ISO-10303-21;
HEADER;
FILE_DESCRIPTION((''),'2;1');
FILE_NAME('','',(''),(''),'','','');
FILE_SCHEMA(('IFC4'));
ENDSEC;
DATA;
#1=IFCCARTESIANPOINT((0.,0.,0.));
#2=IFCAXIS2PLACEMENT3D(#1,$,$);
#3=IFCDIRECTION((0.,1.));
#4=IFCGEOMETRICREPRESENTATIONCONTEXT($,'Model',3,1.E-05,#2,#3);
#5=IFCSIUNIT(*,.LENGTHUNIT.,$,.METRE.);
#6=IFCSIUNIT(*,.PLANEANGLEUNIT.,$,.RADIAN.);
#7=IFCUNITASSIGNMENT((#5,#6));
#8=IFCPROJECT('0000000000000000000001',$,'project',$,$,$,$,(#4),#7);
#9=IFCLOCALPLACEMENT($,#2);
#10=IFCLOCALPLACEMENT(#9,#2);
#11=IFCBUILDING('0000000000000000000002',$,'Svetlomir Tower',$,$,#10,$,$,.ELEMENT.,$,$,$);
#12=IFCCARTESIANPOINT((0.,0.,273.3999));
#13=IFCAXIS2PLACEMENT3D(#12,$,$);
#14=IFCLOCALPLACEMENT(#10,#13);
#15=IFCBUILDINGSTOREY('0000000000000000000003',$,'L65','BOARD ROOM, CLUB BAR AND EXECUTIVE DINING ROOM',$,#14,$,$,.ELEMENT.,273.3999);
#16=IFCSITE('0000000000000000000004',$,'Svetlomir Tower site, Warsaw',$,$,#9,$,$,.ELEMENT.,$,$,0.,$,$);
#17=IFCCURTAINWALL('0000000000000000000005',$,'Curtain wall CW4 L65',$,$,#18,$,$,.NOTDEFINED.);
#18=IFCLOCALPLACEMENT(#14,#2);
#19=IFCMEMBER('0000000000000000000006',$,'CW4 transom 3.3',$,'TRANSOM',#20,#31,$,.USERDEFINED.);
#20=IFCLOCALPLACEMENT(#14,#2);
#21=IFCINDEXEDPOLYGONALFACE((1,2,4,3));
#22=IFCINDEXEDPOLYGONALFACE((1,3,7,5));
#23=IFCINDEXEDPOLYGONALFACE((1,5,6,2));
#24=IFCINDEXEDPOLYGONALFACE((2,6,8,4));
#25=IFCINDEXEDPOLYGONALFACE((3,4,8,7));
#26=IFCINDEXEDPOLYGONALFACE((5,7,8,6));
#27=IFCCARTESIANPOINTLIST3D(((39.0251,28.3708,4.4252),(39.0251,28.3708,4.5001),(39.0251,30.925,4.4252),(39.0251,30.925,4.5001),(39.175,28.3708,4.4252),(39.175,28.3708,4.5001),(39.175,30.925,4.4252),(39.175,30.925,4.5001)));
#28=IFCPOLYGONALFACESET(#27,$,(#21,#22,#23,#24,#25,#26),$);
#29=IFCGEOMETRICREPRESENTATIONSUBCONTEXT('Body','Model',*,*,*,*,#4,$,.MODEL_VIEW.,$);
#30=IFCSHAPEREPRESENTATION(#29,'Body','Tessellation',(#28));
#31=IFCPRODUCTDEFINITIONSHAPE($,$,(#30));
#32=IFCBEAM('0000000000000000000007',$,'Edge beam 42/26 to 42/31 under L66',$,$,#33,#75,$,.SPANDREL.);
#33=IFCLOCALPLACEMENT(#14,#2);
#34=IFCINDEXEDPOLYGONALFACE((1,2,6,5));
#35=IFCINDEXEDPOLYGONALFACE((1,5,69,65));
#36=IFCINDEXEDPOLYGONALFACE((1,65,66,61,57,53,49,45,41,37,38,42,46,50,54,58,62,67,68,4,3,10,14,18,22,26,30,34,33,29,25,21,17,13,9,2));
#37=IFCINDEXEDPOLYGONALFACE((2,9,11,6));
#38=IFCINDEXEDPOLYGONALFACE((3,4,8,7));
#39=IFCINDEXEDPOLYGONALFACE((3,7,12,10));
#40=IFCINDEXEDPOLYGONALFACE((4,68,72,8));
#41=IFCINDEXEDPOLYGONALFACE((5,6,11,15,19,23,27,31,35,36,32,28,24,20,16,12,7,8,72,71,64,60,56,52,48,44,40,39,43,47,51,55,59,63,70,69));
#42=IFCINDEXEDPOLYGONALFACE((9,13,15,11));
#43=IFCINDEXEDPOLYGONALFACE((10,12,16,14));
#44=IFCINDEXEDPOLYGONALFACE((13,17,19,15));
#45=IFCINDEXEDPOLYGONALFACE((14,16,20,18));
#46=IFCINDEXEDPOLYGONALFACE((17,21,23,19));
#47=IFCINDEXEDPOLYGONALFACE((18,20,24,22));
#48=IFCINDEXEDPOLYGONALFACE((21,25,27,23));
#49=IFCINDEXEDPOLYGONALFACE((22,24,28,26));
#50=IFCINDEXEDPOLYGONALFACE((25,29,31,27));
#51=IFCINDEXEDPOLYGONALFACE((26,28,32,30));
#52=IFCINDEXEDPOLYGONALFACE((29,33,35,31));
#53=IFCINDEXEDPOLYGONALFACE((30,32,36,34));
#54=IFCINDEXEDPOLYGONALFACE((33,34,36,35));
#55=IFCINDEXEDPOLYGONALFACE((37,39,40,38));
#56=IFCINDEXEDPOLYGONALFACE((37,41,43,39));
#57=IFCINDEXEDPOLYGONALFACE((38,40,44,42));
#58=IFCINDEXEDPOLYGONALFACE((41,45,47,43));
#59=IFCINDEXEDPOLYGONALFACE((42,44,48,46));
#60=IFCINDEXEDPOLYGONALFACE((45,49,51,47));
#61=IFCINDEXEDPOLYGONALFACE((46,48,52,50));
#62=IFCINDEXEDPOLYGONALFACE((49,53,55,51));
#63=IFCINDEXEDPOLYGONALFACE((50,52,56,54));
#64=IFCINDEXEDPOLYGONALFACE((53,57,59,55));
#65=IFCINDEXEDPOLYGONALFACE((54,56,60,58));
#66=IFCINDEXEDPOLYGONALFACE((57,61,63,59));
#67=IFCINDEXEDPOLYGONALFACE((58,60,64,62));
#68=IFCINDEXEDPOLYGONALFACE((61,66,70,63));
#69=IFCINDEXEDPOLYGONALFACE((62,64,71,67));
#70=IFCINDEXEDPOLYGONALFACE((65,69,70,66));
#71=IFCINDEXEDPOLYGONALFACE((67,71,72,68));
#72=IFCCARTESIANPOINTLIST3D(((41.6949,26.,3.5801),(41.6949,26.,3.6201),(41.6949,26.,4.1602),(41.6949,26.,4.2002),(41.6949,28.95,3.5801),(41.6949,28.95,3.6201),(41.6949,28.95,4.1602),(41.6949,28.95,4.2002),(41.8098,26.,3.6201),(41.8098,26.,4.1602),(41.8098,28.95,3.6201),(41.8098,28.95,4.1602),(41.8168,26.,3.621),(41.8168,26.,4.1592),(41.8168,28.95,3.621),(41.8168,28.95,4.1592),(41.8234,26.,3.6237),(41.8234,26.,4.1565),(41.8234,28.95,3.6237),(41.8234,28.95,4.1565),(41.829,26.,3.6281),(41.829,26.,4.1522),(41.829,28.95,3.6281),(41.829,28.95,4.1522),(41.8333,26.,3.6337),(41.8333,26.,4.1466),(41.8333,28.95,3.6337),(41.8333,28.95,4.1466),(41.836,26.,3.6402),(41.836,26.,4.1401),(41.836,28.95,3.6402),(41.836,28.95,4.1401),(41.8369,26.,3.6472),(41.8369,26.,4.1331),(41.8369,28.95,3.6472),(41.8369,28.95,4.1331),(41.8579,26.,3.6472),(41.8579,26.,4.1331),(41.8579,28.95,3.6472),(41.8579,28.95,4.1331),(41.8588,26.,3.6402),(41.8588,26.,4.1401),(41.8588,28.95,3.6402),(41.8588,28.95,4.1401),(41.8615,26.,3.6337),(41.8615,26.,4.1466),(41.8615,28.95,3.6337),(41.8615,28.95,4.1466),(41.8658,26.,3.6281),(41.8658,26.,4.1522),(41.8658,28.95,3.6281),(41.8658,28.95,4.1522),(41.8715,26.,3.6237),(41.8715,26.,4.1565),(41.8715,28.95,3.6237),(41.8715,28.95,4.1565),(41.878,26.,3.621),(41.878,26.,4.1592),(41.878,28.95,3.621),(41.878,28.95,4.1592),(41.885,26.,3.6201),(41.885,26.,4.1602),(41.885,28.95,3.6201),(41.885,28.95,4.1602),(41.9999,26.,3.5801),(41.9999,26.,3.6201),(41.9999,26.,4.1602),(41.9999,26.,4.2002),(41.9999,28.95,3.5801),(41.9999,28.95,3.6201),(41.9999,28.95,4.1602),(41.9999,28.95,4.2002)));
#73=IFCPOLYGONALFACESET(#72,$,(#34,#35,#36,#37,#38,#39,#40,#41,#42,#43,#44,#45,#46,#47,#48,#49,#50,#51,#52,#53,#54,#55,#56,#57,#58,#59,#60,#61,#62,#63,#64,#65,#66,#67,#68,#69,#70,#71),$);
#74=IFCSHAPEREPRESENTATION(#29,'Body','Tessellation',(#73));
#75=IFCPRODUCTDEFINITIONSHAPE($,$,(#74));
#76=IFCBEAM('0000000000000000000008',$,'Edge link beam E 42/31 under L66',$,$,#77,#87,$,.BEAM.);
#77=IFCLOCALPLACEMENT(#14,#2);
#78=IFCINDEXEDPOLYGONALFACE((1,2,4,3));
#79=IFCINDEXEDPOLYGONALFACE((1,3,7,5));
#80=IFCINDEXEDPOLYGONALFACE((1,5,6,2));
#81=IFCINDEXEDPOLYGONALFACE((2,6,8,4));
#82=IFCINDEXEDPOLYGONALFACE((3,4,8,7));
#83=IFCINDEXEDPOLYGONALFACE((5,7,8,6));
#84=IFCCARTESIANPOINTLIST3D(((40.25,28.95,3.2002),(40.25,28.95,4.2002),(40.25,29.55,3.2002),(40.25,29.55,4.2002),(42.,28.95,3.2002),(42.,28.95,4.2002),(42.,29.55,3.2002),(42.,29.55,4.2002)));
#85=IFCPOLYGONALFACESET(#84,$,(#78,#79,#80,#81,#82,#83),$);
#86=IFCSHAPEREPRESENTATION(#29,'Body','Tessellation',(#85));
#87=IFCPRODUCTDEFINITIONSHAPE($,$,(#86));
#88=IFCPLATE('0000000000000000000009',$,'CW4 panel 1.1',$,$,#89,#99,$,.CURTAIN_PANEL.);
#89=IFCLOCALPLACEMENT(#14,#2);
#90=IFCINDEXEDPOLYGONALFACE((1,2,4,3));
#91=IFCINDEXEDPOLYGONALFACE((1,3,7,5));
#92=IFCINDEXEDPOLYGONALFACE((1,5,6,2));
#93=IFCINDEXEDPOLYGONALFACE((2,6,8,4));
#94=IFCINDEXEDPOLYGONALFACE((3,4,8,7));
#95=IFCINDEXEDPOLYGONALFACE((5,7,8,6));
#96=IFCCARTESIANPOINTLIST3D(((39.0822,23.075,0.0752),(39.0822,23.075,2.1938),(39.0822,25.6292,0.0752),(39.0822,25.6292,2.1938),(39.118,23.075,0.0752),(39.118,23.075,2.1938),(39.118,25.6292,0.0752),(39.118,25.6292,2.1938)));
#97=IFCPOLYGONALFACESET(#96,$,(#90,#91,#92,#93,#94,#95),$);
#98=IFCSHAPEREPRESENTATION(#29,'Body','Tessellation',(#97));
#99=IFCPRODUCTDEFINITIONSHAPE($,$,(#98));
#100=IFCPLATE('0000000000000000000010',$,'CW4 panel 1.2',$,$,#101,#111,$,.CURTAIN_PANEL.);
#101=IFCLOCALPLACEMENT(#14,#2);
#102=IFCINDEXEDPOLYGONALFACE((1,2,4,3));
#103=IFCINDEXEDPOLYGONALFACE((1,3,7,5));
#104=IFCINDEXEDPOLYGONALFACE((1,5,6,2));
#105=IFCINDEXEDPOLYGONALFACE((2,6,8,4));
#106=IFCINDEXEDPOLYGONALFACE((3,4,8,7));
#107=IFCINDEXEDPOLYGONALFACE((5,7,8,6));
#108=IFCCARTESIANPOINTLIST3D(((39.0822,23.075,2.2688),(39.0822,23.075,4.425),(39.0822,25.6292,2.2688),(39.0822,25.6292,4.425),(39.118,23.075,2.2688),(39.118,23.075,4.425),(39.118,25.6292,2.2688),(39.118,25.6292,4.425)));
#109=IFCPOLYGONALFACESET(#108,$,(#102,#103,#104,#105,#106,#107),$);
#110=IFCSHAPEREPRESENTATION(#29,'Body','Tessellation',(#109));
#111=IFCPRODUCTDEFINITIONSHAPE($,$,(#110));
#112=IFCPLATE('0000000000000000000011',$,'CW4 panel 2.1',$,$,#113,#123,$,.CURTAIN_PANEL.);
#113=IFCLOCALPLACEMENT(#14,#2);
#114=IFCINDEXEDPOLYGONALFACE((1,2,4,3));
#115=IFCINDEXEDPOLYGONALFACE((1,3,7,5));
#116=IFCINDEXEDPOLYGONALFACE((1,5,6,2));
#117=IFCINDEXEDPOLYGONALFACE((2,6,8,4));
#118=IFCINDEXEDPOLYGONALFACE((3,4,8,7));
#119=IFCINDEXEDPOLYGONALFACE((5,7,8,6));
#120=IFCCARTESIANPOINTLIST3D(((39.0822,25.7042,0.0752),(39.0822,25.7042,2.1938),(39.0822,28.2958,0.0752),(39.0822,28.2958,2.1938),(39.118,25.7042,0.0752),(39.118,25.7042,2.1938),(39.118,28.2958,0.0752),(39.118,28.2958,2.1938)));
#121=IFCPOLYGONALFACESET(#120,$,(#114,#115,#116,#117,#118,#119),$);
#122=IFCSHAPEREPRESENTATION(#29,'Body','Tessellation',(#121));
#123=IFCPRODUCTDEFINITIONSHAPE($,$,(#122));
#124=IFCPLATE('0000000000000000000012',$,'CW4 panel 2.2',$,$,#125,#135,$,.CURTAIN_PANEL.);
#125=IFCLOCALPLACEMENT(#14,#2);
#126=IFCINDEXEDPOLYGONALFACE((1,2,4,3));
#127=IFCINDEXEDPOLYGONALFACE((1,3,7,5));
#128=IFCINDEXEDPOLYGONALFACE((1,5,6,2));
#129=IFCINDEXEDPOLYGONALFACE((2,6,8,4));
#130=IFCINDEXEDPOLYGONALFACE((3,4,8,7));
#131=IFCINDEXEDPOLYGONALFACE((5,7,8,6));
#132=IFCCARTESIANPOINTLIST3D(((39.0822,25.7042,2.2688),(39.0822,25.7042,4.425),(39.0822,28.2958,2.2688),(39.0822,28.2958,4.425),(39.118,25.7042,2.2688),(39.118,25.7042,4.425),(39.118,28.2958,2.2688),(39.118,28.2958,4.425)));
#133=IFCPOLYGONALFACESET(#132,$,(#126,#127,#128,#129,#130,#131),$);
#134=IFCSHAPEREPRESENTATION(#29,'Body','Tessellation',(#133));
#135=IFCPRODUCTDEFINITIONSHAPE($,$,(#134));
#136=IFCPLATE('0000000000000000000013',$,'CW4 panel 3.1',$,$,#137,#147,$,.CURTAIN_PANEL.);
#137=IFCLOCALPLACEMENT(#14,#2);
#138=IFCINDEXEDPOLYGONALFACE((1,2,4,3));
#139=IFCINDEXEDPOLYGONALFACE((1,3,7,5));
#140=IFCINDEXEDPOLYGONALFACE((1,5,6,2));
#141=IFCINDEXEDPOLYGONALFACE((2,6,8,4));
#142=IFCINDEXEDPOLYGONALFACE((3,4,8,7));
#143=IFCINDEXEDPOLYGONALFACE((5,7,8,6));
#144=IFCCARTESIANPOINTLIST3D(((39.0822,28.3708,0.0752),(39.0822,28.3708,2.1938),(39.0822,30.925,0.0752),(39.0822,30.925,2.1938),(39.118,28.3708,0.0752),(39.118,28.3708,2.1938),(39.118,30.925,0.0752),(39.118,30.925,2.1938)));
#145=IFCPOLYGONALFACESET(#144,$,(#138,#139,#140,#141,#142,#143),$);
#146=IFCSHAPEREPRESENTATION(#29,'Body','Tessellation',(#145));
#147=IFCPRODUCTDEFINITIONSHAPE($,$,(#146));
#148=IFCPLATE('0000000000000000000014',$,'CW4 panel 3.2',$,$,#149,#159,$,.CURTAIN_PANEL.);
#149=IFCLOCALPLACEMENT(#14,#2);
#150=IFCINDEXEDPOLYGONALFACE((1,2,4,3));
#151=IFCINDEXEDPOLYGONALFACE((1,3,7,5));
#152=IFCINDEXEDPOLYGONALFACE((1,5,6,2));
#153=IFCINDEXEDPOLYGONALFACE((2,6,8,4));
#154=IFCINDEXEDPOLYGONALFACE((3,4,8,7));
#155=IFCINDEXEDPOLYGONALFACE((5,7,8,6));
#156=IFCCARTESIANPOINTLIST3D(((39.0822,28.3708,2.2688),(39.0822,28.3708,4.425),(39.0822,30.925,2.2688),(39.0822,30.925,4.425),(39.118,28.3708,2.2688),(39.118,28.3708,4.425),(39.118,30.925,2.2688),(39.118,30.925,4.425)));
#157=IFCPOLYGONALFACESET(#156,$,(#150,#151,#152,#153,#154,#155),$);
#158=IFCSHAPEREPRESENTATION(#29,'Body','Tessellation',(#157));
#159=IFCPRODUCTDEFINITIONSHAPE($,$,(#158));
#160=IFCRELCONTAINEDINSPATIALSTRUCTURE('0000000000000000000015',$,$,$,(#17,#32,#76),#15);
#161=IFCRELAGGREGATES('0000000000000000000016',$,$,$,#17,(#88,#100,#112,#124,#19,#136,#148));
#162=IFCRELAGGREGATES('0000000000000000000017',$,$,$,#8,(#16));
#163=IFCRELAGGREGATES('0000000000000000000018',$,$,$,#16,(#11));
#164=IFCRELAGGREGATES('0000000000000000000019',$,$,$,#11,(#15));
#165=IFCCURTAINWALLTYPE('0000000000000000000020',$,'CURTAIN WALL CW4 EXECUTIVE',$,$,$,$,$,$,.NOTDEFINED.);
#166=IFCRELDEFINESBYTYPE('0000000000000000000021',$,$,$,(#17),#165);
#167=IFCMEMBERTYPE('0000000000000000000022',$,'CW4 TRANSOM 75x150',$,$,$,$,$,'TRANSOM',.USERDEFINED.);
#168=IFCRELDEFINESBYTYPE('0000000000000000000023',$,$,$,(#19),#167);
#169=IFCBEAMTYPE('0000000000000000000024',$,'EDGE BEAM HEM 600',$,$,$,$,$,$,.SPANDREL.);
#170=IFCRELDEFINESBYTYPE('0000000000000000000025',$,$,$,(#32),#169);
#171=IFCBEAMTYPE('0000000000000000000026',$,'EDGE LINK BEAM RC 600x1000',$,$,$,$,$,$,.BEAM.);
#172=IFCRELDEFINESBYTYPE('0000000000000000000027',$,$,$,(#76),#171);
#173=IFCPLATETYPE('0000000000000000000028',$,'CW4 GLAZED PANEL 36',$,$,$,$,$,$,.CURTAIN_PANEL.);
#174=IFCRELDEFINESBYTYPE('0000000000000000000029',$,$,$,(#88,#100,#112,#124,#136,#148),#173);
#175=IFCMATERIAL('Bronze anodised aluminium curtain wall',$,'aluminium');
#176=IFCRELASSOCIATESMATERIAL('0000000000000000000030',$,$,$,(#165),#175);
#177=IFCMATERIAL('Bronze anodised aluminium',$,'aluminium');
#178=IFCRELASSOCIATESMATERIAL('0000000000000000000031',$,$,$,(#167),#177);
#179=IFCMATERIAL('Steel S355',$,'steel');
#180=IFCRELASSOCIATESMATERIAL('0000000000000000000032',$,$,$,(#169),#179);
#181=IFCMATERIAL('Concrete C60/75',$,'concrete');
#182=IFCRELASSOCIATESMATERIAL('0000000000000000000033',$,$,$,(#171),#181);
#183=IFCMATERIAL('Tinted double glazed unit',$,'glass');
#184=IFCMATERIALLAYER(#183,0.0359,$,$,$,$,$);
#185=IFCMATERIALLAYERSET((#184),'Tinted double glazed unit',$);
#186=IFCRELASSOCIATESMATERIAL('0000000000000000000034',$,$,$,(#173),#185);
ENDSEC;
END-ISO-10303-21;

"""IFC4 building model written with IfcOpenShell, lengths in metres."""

from ifc_helpers import new_model, si_unit, direction, frame, origin, origin_2d, place, context, subcontext, project, spatial, rectangle, i_section, extrude, material, layer, layer_set, material_profile, profile_set, type_object, element, aggregate, save


model = new_model("IFC4")

# Units and contexts
model_context = context("Model", 3, precision=1e-05, world=origin(), true_north=direction((0.0, 1.0)))
body_context = subcontext(model_context, "Body", "Model", "MODEL_VIEW")
ifc_project = project(units=[si_unit("LENGTHUNIT", "METRE"), si_unit("PLANEANGLEUNIT", "RADIAN")], contexts=[model_context])

# Site, building, storey
site_placement = place(None, origin())
site = spatial("IfcSite", under=ifc_project, at=site_placement, Name="Svetlomir Tower site, Warsaw", CompositionType="ELEMENT", RefElevation=0.0)
building_placement = place(site_placement, origin())
building = spatial("IfcBuilding", under=site, at=building_placement, Name="Svetlomir Tower", CompositionType="ELEMENT")
storey_placement = place(building_placement, frame((0.0, 0.0, 273.3999)))
storey = spatial("IfcBuildingStorey", under=building, at=storey_placement, Name="L65", Description="BOARD ROOM, CLUB BAR AND EXECUTIVE DINING ROOM", CompositionType="ELEMENT", Elevation=273.3999)

# Curtain wall, member
ifc_material_1 = material(Name="Bronze anodised aluminium curtain wall", Category="aluminium")
curtain_wall_type = type_object("IfcCurtainWallType", Name="CURTAIN WALL CW4 EXECUTIVE", PredefinedType="NOTDEFINED", material=ifc_material_1)
curtain_wall_placement = place(storey_placement, origin())
curtain_wall = element("IfcCurtainWall", 1, at=curtain_wall_placement, inside=storey, type_object=curtain_wall_type, Name="Curtain wall CW4 L65", PredefinedType="NOTDEFINED")
ifc_material_2 = material(Name="Bronze anodised aluminium", Category="aluminium")
ifc_material_profile_1 = material_profile(ifc_material_2, rectangle(XDim=0.1499, YDim=0.075, at=origin_2d()), Name="AL 150x75")
ifc_profile_set_1 = profile_set([ifc_material_profile_1], Name="Bronze anodised aluminium 6063-T6")
member_type_1 = type_object("IfcMemberType", Name="CW4 TRANSOM 75x150", ElementType="TRANSOM", PredefinedType="USERDEFINED", material=ifc_profile_set_1)
member_1_placement = place(storey_placement, frame((39.1001, 28.3708, 4.4626), z_axis=(0.0, 1.0, 0.0), x_axis=(-1.0, 0.0, 0.0)))
member_1 = element("IfcMember", 2, at=member_1_placement, type_object=member_type_1, Name="CW4 transom 3.3", ObjectType="TRANSOM", PredefinedType="USERDEFINED", context=body_context, shape_type="SweptSolid", body=[
    extrude(rectangle(XDim=0.1499, YDim=0.075, at=origin_2d()), origin(), (0.0, 0.0, 1.0), 2.5542),
])

# Beams
ifc_material_3 = material(Name="Steel S355", Category="steel")
ifc_material_profile_2 = material_profile(ifc_material_3, i_section(OverallWidth=0.3049, OverallDepth=0.6201, WebThickness=0.021, FlangeThickness=0.04, FilletRadius=0.0271, at=origin_2d()), Name="HEM 600")
ifc_profile_set_2 = profile_set([ifc_material_profile_2], Name="Steel S355")
beam_type_1 = type_object("IfcBeamType", Name="EDGE BEAM HEM 600", PredefinedType="SPANDREL", material=ifc_profile_set_2)
beam_1_placement = place(storey_placement, frame((41.8474, 26.0, 3.8901), z_axis=(0.0, 1.0, 0.0), x_axis=(-1.0, 0.0, 0.0)))
element("IfcBeam", 3, at=beam_1_placement, inside=storey, type_object=beam_type_1, Name="Edge beam 42/26 to 42/31 under L66", PredefinedType="SPANDREL", context=body_context, shape_type="SweptSolid", body=[
    extrude(i_section(OverallWidth=0.3049, OverallDepth=0.6201, WebThickness=0.021, FlangeThickness=0.04, FilletRadius=0.0271, at=origin_2d()), origin(), (0.0, 0.0, 1.0), 2.95),
])
ifc_material_4 = material(Name="Concrete C60/75", Category="concrete")
ifc_material_profile_3 = material_profile(ifc_material_4, rectangle(XDim=0.6001, YDim=1.0, at=origin_2d()), Name="RC 600x1000")
ifc_profile_set_3 = profile_set([ifc_material_profile_3], Name="Concrete C60/75")
beam_type_2 = type_object("IfcBeamType", Name="EDGE LINK BEAM RC 600x1000", PredefinedType="BEAM", material=ifc_profile_set_3)
beam_2_placement = place(storey_placement, frame((40.25, 29.25, 3.7002), z_axis=(1.0, 0.0, 0.0), x_axis=(0.0, 1.0, 0.0)))
element("IfcBeam", 4, at=beam_2_placement, inside=storey, type_object=beam_type_2, Name="Edge link beam E 42/31 under L66", PredefinedType="BEAM", context=body_context, shape_type="SweptSolid", body=[
    extrude(rectangle(XDim=0.6001, YDim=1.0, at=origin_2d()), origin(), (0.0, 0.0, 1.0), 1.75),
])

# Plates
ifc_material_5 = material(Name="Tinted double glazed unit", Category="glass")
ifc_layer_1 = layer(ifc_material_5, 0.0359)
ifc_layer_set_1 = layer_set([ifc_layer_1], Name="Tinted double glazed unit")
plate_type = type_object("IfcPlateType", Name="CW4 GLAZED PANEL 36", PredefinedType="CURTAIN_PANEL", material=ifc_layer_set_1)
plate_1_placement = place(storey_placement, frame((39.1001, 24.3521, 0.0752), z_axis=(0.0, 0.0, 1.0), x_axis=(0.0, 1.0, 0.0)))
plate_1 = element("IfcPlate", 5, at=plate_1_placement, type_object=plate_type, Name="CW4 panel 1.1", PredefinedType="CURTAIN_PANEL", context=body_context, shape_type="SweptSolid", body=[
    extrude(rectangle(XDim=2.5542, YDim=0.0359, at=origin_2d()), origin(), (0.0, 0.0, 1.0), 2.1187),
])
plate_2_placement = place(storey_placement, frame((39.1001, 24.3521, 2.2688), z_axis=(0.0, 0.0, 1.0), x_axis=(0.0, 1.0, 0.0)))
plate_2 = element("IfcPlate", 6, at=plate_2_placement, type_object=plate_type, Name="CW4 panel 1.2", PredefinedType="CURTAIN_PANEL", context=body_context, shape_type="SweptSolid", body=[
    extrude(rectangle(XDim=2.5542, YDim=0.0359, at=origin_2d()), origin(), (0.0, 0.0, 1.0), 2.1562),
])
plate_3_placement = place(storey_placement, frame((39.1001, 27.0, 0.0752), z_axis=(0.0, 0.0, 1.0), x_axis=(0.0, 1.0, 0.0)))
plate_3 = element("IfcPlate", 7, at=plate_3_placement, type_object=plate_type, Name="CW4 panel 2.1", PredefinedType="CURTAIN_PANEL", context=body_context, shape_type="SweptSolid", body=[
    extrude(rectangle(XDim=2.5916, YDim=0.0359, at=origin_2d()), origin(), (0.0, 0.0, 1.0), 2.1187),
])
plate_4_placement = place(storey_placement, frame((39.1001, 27.0, 2.2688), z_axis=(0.0, 0.0, 1.0), x_axis=(0.0, 1.0, 0.0)))
plate_4 = element("IfcPlate", 8, at=plate_4_placement, type_object=plate_type, Name="CW4 panel 2.2", PredefinedType="CURTAIN_PANEL", context=body_context, shape_type="SweptSolid", body=[
    extrude(rectangle(XDim=2.5916, YDim=0.0359, at=origin_2d()), origin(), (0.0, 0.0, 1.0), 2.1562),
])
plate_5_placement = place(storey_placement, frame((39.1001, 29.6479, 0.0752), z_axis=(0.0, 0.0, 1.0), x_axis=(0.0, 1.0, 0.0)))
plate_5 = element("IfcPlate", 9, at=plate_5_placement, type_object=plate_type, Name="CW4 panel 3.1", PredefinedType="CURTAIN_PANEL", context=body_context, shape_type="SweptSolid", body=[
    extrude(rectangle(XDim=2.5542, YDim=0.0359, at=origin_2d()), origin(), (0.0, 0.0, 1.0), 2.1187),
])
plate_6_placement = place(storey_placement, frame((39.1001, 29.6479, 2.2688), z_axis=(0.0, 0.0, 1.0), x_axis=(0.0, 1.0, 0.0)))
plate_6 = element("IfcPlate", 10, at=plate_6_placement, type_object=plate_type, Name="CW4 panel 3.2", PredefinedType="CURTAIN_PANEL", context=body_context, shape_type="SweptSolid", body=[
    extrude(rectangle(XDim=2.5542, YDim=0.0359, at=origin_2d()), origin(), (0.0, 0.0, 1.0), 2.1562),
])
aggregate(curtain_wall, [plate_1, plate_2, plate_3, plate_4, member_1, plate_5, plate_6])

save(model, "model.ifc")
